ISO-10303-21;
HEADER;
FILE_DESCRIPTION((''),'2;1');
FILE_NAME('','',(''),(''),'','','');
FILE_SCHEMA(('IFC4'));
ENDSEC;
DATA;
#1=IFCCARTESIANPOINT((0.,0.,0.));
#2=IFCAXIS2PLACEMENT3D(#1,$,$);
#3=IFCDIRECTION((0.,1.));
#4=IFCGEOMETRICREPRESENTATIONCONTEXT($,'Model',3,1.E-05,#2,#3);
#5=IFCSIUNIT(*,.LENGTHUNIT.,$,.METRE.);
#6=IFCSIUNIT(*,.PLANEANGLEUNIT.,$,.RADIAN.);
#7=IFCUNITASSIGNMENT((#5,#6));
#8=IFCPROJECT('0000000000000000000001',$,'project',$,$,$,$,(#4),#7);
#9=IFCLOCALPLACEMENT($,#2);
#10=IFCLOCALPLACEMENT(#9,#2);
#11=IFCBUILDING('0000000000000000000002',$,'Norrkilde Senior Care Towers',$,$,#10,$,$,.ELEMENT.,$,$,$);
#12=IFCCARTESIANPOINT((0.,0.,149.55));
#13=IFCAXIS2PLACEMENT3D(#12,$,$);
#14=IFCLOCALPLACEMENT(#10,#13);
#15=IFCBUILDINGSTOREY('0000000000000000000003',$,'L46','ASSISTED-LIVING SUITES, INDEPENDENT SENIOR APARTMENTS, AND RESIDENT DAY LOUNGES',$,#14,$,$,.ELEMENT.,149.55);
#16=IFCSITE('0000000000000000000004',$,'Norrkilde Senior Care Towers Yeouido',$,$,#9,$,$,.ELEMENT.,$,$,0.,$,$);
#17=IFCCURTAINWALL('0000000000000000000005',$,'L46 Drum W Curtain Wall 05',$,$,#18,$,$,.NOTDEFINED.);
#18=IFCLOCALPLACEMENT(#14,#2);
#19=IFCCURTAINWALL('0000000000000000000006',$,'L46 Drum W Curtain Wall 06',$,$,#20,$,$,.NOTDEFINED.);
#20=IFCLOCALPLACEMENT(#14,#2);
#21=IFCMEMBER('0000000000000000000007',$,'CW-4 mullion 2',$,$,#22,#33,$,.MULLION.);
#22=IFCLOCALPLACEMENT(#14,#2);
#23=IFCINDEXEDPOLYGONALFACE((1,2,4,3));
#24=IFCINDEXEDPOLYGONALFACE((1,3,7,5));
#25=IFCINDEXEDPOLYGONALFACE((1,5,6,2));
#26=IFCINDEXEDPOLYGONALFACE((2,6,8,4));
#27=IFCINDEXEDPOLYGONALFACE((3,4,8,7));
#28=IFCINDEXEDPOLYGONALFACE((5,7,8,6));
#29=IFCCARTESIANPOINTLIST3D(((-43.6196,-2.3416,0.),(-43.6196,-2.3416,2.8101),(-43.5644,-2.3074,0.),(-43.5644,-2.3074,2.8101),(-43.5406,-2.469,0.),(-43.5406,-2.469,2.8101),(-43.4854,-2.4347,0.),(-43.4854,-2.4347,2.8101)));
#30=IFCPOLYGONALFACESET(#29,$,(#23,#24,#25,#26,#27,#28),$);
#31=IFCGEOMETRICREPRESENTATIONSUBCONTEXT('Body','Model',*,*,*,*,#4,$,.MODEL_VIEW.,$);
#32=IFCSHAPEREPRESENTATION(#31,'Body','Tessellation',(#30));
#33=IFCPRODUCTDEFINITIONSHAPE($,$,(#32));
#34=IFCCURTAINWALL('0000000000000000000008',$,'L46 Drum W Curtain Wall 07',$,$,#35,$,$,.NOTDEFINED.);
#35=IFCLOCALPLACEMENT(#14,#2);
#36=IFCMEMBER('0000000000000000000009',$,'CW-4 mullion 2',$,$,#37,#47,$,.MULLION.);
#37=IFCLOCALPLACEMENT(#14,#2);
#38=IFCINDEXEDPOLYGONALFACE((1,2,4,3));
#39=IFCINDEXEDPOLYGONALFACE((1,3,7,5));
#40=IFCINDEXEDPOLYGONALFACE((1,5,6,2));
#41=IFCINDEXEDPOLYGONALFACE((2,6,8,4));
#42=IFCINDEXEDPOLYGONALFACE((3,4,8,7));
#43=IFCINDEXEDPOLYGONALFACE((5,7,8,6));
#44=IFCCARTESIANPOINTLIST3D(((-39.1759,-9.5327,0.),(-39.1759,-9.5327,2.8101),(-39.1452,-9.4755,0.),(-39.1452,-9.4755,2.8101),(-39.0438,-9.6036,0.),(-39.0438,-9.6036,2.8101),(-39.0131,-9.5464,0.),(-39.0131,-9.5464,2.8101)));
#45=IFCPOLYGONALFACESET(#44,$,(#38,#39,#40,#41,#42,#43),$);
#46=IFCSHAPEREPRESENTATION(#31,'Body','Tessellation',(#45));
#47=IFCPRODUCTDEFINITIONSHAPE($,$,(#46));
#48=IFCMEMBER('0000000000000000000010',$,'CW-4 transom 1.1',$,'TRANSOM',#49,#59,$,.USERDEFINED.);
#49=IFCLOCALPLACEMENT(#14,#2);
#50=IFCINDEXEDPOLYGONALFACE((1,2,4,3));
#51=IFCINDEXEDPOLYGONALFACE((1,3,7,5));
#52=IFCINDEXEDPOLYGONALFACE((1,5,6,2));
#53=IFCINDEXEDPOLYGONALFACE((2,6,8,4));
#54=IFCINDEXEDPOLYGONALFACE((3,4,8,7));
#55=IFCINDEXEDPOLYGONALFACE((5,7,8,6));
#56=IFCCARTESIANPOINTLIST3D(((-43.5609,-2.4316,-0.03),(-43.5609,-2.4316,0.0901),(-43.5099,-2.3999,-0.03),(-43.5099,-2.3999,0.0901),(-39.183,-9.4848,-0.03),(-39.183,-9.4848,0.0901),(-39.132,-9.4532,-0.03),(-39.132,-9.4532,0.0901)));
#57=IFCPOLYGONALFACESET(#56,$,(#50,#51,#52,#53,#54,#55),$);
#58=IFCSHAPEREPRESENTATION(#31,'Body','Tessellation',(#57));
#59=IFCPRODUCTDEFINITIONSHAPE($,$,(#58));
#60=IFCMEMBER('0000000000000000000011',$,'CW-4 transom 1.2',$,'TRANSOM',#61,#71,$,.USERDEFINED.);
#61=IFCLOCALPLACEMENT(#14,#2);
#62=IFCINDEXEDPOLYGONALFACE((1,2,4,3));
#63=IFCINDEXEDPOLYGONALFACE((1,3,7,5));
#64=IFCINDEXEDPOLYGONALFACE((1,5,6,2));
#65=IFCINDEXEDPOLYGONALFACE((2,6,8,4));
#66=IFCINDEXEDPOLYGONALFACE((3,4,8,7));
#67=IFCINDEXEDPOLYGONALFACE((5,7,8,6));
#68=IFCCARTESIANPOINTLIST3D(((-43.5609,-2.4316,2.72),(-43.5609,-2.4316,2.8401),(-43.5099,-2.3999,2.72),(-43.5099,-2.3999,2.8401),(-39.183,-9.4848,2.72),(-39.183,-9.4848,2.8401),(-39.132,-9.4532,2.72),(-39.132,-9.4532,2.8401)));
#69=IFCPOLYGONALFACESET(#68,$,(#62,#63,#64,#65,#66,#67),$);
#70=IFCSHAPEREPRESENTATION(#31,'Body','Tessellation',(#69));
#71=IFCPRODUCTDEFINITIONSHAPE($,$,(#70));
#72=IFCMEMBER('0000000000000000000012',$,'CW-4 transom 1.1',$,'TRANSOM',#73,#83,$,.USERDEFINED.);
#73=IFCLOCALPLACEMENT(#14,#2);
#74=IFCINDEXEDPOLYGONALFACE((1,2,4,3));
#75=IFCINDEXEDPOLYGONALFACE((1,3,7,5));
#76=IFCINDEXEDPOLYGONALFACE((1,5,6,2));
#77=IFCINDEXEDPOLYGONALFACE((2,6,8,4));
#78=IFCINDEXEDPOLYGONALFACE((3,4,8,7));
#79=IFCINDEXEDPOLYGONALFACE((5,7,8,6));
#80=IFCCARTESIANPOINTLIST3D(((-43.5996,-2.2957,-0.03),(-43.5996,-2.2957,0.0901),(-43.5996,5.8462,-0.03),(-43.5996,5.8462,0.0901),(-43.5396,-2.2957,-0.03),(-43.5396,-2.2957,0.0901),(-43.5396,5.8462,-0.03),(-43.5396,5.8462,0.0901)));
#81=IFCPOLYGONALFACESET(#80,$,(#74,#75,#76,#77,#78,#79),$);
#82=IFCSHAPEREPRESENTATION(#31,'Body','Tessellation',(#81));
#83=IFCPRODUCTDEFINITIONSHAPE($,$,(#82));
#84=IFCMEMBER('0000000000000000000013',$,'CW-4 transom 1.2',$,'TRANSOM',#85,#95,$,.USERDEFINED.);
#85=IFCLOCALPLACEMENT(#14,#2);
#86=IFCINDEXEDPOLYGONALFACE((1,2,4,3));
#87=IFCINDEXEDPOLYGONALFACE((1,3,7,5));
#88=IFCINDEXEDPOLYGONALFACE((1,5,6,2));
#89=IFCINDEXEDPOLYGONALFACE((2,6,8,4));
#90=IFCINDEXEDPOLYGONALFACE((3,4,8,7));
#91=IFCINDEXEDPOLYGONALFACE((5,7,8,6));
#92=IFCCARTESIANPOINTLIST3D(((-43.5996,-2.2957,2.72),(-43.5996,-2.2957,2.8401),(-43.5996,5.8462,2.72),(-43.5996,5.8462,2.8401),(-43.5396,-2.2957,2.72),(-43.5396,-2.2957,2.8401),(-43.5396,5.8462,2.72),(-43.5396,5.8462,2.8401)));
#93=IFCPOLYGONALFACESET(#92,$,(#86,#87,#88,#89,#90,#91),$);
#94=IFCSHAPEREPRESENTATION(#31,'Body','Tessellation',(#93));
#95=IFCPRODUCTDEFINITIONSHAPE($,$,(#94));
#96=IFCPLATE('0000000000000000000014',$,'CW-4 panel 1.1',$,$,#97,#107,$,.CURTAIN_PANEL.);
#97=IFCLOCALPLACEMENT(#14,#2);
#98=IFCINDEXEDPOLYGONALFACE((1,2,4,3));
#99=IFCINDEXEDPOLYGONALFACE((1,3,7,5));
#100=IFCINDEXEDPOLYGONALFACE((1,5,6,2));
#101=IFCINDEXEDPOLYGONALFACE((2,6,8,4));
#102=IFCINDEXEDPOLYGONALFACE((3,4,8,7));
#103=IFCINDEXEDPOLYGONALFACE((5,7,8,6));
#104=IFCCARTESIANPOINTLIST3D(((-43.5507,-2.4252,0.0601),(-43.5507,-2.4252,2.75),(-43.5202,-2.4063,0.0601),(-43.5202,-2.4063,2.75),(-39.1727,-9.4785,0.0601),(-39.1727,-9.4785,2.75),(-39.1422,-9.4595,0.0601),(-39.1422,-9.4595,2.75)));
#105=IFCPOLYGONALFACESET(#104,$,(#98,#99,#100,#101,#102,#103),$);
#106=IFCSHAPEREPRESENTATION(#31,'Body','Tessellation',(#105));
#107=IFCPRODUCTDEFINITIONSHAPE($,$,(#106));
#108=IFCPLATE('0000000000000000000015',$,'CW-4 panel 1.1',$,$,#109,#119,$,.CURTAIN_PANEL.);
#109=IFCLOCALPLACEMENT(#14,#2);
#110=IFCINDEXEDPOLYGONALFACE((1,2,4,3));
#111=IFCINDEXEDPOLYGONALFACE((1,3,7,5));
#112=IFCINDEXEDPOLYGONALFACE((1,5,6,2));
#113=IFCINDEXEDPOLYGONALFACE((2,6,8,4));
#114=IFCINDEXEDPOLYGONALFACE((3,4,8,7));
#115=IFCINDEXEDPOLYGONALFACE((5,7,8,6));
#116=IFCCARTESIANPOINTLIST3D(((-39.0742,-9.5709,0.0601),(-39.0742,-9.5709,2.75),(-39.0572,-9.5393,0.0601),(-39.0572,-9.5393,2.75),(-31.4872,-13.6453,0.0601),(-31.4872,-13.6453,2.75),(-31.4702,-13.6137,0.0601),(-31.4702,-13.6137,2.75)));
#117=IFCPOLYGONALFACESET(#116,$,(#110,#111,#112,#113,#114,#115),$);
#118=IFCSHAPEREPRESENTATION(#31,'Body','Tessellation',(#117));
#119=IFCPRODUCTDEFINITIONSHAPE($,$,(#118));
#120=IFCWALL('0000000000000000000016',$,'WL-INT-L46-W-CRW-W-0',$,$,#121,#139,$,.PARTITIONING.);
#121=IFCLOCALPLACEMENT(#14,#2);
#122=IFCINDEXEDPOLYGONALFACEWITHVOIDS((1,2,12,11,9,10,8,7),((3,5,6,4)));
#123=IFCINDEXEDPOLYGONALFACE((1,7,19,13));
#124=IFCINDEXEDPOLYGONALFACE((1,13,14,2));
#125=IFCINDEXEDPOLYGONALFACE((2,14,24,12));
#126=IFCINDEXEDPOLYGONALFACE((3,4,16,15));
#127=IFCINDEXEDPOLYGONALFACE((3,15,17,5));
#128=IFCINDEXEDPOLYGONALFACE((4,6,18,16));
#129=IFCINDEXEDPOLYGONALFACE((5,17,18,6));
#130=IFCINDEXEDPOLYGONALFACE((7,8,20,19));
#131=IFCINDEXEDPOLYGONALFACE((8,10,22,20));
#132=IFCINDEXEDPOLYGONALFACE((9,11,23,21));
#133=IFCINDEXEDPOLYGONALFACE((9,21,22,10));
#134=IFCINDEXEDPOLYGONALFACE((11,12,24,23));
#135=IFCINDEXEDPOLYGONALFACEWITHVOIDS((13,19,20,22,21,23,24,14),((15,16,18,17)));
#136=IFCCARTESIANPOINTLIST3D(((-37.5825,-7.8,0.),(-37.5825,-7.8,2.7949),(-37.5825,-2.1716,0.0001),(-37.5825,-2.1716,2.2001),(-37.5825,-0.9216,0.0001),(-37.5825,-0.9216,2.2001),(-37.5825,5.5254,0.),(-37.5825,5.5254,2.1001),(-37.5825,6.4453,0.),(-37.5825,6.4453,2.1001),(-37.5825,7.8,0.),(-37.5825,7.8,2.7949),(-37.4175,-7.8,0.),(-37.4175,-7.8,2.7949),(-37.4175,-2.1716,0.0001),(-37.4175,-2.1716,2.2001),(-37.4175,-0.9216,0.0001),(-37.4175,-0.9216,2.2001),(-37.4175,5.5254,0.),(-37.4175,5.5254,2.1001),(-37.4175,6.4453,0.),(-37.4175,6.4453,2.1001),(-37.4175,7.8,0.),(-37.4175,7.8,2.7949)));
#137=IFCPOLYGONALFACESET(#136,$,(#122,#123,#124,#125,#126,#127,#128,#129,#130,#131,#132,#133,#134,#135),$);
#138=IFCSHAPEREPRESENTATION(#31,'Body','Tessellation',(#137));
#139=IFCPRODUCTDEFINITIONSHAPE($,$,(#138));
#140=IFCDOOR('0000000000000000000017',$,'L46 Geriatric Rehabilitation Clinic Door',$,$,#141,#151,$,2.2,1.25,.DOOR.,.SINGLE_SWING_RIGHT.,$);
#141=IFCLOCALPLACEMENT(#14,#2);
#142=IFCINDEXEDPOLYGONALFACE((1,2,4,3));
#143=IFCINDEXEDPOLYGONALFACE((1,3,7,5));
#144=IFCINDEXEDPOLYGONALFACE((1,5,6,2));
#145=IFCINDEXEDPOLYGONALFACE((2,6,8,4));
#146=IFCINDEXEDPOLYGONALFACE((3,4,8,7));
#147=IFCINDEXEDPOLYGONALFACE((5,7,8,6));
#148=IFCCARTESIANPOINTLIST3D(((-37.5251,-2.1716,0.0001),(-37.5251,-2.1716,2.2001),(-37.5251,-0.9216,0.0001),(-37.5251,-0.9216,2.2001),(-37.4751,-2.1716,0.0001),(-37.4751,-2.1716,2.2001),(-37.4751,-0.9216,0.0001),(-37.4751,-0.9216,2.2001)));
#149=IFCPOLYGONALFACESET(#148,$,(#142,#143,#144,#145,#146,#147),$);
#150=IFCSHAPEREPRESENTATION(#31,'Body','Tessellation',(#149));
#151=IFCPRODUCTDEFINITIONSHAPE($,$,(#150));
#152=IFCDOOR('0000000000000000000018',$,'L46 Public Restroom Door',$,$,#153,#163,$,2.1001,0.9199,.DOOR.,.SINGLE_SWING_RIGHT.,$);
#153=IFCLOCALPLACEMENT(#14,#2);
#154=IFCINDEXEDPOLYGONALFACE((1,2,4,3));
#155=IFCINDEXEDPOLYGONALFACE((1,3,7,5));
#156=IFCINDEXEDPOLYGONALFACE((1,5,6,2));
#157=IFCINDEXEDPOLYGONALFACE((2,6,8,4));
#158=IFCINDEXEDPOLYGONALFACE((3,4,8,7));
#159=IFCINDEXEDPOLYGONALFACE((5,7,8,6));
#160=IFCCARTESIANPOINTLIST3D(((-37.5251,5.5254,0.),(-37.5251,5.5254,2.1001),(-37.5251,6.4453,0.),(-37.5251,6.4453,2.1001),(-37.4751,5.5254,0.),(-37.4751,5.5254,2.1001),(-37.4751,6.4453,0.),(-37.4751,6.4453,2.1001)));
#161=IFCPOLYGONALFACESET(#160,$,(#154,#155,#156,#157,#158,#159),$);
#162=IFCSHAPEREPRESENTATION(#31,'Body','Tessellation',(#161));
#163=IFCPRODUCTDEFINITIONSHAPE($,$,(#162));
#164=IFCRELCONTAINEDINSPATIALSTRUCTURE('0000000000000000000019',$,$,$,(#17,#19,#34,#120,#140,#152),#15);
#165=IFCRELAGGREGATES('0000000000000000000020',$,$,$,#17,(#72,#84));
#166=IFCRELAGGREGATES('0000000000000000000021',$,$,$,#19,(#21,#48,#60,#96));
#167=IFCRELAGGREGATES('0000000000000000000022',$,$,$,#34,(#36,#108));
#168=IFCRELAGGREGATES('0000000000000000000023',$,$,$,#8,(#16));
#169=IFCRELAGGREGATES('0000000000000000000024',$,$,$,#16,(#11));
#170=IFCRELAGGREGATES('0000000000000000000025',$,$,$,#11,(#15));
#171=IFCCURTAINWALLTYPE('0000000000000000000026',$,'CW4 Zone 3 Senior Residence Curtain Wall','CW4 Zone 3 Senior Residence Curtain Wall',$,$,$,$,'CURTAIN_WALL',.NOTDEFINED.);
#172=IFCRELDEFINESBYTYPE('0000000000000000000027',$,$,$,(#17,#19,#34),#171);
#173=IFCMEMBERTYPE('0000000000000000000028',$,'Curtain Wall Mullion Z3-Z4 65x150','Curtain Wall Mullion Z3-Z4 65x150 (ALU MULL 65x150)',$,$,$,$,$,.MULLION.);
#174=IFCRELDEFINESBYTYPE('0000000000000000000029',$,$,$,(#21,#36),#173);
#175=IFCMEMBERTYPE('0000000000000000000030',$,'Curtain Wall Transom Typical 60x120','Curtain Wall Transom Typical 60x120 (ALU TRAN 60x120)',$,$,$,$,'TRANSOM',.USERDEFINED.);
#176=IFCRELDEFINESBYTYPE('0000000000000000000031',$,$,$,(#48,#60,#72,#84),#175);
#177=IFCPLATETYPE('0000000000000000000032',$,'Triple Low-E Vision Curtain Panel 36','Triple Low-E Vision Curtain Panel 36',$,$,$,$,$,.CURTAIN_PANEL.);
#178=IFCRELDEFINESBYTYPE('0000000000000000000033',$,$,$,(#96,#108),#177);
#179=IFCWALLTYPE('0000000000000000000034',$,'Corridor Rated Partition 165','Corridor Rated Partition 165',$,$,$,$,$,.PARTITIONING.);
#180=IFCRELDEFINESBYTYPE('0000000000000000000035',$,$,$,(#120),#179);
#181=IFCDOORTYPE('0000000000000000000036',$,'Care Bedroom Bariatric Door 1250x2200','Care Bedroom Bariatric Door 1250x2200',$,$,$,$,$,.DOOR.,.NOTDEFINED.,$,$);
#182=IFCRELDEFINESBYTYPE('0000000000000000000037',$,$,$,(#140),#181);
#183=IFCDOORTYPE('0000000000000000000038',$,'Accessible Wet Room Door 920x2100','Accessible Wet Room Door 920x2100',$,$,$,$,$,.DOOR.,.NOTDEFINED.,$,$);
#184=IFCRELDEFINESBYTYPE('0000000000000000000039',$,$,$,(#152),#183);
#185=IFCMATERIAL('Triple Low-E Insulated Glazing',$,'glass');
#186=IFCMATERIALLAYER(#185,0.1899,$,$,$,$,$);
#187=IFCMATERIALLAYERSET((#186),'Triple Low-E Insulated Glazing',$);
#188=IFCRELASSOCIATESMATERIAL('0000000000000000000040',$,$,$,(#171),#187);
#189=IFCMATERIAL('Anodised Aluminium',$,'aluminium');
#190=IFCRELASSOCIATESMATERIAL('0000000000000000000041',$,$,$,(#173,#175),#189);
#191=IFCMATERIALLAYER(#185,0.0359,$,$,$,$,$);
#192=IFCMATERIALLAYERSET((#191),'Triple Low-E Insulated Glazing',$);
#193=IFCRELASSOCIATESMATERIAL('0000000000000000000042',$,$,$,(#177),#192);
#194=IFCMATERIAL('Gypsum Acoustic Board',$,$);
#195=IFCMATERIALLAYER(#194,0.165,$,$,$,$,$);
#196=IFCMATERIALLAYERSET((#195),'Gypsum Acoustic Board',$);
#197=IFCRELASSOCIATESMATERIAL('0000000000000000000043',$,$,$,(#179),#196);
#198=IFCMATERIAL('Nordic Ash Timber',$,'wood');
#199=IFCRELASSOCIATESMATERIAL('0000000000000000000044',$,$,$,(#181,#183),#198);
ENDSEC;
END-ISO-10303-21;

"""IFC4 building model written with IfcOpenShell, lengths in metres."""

from ifc_helpers import new_model, si_unit, direction, frame, frame_2d, origin, origin_2d, place, context, subcontext, project, spatial, rectangle, extrude, source, transform, mapped, material, layer, layer_set, material_profile, profile_set, type_object, type_shapes, element, fill, aggregate, save


model = new_model("IFC4")

# Units and contexts
model_context = context("Model", 3, precision=1e-05, world=origin(), true_north=direction((0.0, 1.0)))
body_context = subcontext(model_context, "Body", "Model", "MODEL_VIEW")
ifc_project = project(units=[si_unit("LENGTHUNIT", "METRE"), si_unit("PLANEANGLEUNIT", "RADIAN")], contexts=[model_context])

# Site, building, storey
site_placement = place(None, origin())
site = spatial("IfcSite", under=ifc_project, at=site_placement, Name="Norrkilde Senior Care Towers Yeouido", CompositionType="ELEMENT", RefElevation=0.0)
building_placement = place(site_placement, origin())
building = spatial("IfcBuilding", under=site, at=building_placement, Name="Norrkilde Senior Care Towers", CompositionType="ELEMENT")
storey_placement = place(building_placement, frame((0.0, 0.0, 149.55)))
storey = spatial("IfcBuildingStorey", under=building, at=storey_placement, Name="L46", Description="ASSISTED-LIVING SUITES, INDEPENDENT SENIOR APARTMENTS, AND RESIDENT DAY LOUNGES", CompositionType="ELEMENT", Elevation=149.55)

# Curtain wall
ifc_material_1 = material(Name="Triple Low-E Insulated Glazing", Category="glass")
ifc_layer_1 = layer(ifc_material_1, 0.1899)
ifc_layer_set_1 = layer_set([ifc_layer_1], Name="Triple Low-E Insulated Glazing")
curtain_wall_type = type_object("IfcCurtainWallType", Name="CW4 Zone 3 Senior Residence Curtain Wall", Description="CW4 Zone 3 Senior Residence Curtain Wall", ElementType="CURTAIN_WALL", PredefinedType="NOTDEFINED", material=ifc_layer_set_1)
curtain_wall_1_placement = place(storey_placement, origin())
curtain_wall_1 = element("IfcCurtainWall", 1, at=curtain_wall_1_placement, inside=storey, type_object=curtain_wall_type, Name="L46 Drum W Curtain Wall 05", PredefinedType="NOTDEFINED")
ifc_material_2 = material(Name="Anodised Aluminium", Category="aluminium")
ifc_material_profile_1 = material_profile(ifc_material_2, rectangle(XDim=0.0649, YDim=0.1499, at=origin_2d()), Name="ALU MULL 65x150")
ifc_profile_set_1 = profile_set([ifc_material_profile_1], Name="Anodised Aluminium")
member_type_1 = type_object("IfcMemberType", Name="Curtain Wall Mullion Z3-Z4 65x150", Description="Curtain Wall Mullion Z3-Z4 65x150 (ALU MULL 65x150)", PredefinedType="MULLION", material=ifc_profile_set_1)
shared_shape_1 = source(origin(), body_context, "Body", "SweptSolid", [
    extrude(rectangle(XDim=0.0649, YDim=0.1499, at=origin_2d()), origin(), (0.0, 0.0, 1.0), 2.8101),
])
type_shapes(member_type_1, [shared_shape_1])

# Curtain wall, member
curtain_wall_2_placement = place(storey_placement, origin())
curtain_wall_2 = element("IfcCurtainWall", 2, at=curtain_wall_2_placement, inside=storey, type_object=curtain_wall_type, Name="L46 Drum W Curtain Wall 06", PredefinedType="NOTDEFINED")
member_1_placement = place(storey_placement, frame((-43.5525, -2.3882, 0.0), z_axis=(0.0, 0.0, 1.0), x_axis=(-0.849634, -0.527373, 0.0)))
member_1 = element("IfcMember", 3, at=member_1_placement, type_object=member_type_1, Name="CW-4 mullion 2", PredefinedType="MULLION", context=body_context, shape_type="MappedRepresentation", body=[
    mapped(shared_shape_1, transform((0.0, 0.0, 0.0), x_axis=(1.0, 0.0, 0.0), y_axis=(0.0, 1.0, 0.0), z_axis=(0.0, 0.0, 1.0), scale=1.0)),
])

# Curtain wall, member
curtain_wall_3_placement = place(storey_placement, origin())
curtain_wall_3 = element("IfcCurtainWall", 4, at=curtain_wall_3_placement, inside=storey, type_object=curtain_wall_type, Name="L46 Drum W Curtain Wall 07", PredefinedType="NOTDEFINED")
member_2_placement = place(storey_placement, frame((-39.0945, -9.5396, 0.0), z_axis=(0.0, 0.0, 1.0), x_axis=(-0.473117, -0.881, 0.0)))
member_2 = element("IfcMember", 5, at=member_2_placement, type_object=member_type_1, Name="CW-4 mullion 2", PredefinedType="MULLION", context=body_context, shape_type="MappedRepresentation", body=[
    mapped(shared_shape_1, transform((0.0, 0.0, 0.0), x_axis=(1.0, 0.0, 0.0), y_axis=(0.0, 1.0, 0.0), z_axis=(0.0, 0.0, 1.0), scale=1.0)),
])

# Members
ifc_material_profile_2 = material_profile(ifc_material_2, rectangle(XDim=0.0601, YDim=0.1201, at=origin_2d()), Name="ALU TRAN 60x120")
ifc_profile_set_2 = profile_set([ifc_material_profile_2], Name="Anodised Aluminium")
member_type_2 = type_object("IfcMemberType", Name="Curtain Wall Transom Typical 60x120", Description="Curtain Wall Transom Typical 60x120 (ALU TRAN 60x120)", ElementType="TRANSOM", PredefinedType="USERDEFINED", material=ifc_profile_set_2)
shared_shape_2 = source(origin(), body_context, "Body", "SweptSolid", [
    extrude(rectangle(XDim=0.0601, YDim=0.1201, at=origin_2d()), origin(), (0.0, 0.0, 1.0), 8.3015),
])
member_3_placement = place(storey_placement, frame((-39.1575, -9.469, 0.03), z_axis=(-0.527369, 0.849637, 0.0), x_axis=(-0.849637, -0.527369, 0.0)))
member_3 = element("IfcMember", 6, at=member_3_placement, type_object=member_type_2, Name="CW-4 transom 1.1", ObjectType="TRANSOM", PredefinedType="USERDEFINED", context=body_context, shape_type="MappedRepresentation", body=[
    mapped(shared_shape_2, transform((0.0, 0.0, 0.0), x_axis=(1.0, 0.0, 0.0), y_axis=(0.0, 1.0, 0.0), z_axis=(0.0, 0.0, 1.0), scale=1.0)),
])
member_4_placement = place(storey_placement, frame((-39.1575, -9.469, 2.78), z_axis=(-0.527369, 0.849637, 0.0), x_axis=(-0.849637, -0.527369, 0.0)))
member_4 = element("IfcMember", 7, at=member_4_placement, type_object=member_type_2, Name="CW-4 transom 1.2", ObjectType="TRANSOM", PredefinedType="USERDEFINED", context=body_context, shape_type="MappedRepresentation", body=[
    mapped(shared_shape_2, transform((0.0, 0.0, 0.0), x_axis=(1.0, 0.0, 0.0), y_axis=(0.0, 1.0, 0.0), z_axis=(0.0, 0.0, 1.0), scale=1.0)),
])
shared_shape_3 = source(origin(), body_context, "Body", "SweptSolid", [
    extrude(rectangle(XDim=0.0601, YDim=0.1201, at=origin_2d()), origin(), (0.0, 0.0, 1.0), 8.1418),
])
type_shapes(member_type_2, [shared_shape_2, shared_shape_3])
member_5_placement = place(storey_placement, frame((-43.5696, -2.2957, 0.03), z_axis=(0.0, 1.0, 0.0), x_axis=(-1.0, 0.0, 0.0)))
member_5 = element("IfcMember", 8, at=member_5_placement, type_object=member_type_2, Name="CW-4 transom 1.1", ObjectType="TRANSOM", PredefinedType="USERDEFINED", context=body_context, shape_type="MappedRepresentation", body=[
    mapped(shared_shape_3, transform((0.0, 0.0, 0.0), x_axis=(1.0, 0.0, 0.0), y_axis=(0.0, 1.0, 0.0), z_axis=(0.0, 0.0, 1.0), scale=1.0)),
])
member_6_placement = place(storey_placement, frame((-43.5696, -2.2957, 2.78), z_axis=(0.0, 1.0, 0.0), x_axis=(-1.0, 0.0, 0.0)))
member_6 = element("IfcMember", 9, at=member_6_placement, type_object=member_type_2, Name="CW-4 transom 1.2", ObjectType="TRANSOM", PredefinedType="USERDEFINED", context=body_context, shape_type="MappedRepresentation", body=[
    mapped(shared_shape_3, transform((0.0, 0.0, 0.0), x_axis=(1.0, 0.0, 0.0), y_axis=(0.0, 1.0, 0.0), z_axis=(0.0, 0.0, 1.0), scale=1.0)),
])
aggregate(curtain_wall_1, [member_5, member_6])

# Plates
ifc_layer_2 = layer(ifc_material_1, 0.0359)
ifc_layer_set_2 = layer_set([ifc_layer_2], Name="Triple Low-E Insulated Glazing")
plate_type = type_object("IfcPlateType", Name="Triple Low-E Vision Curtain Panel 36", Description="Triple Low-E Vision Curtain Panel 36", PredefinedType="CURTAIN_PANEL", material=ifc_layer_set_2)
shared_shape_4 = source(origin(), body_context, "Body", "SweptSolid", [
    extrude(rectangle(XDim=8.3015, YDim=0.0359, at=origin_2d()), origin(), (0.0, 0.0, 1.0), 2.6899),
])
plate_1_placement = place(storey_placement, frame((-41.3464, -5.9424, 0.0601), z_axis=(0.0, 0.0, 1.0), x_axis=(-0.527373, 0.849634, 0.0)))
plate_1 = element("IfcPlate", 10, at=plate_1_placement, type_object=plate_type, Name="CW-4 panel 1.1", PredefinedType="CURTAIN_PANEL", context=body_context, shape_type="MappedRepresentation", body=[
    mapped(shared_shape_4, transform((0.0, 0.0, 0.0), x_axis=(1.0, 0.0, 0.0), y_axis=(0.0, 1.0, 0.0), z_axis=(0.0, 0.0, 1.0), scale=1.0)),
])
aggregate(curtain_wall_2, [member_1, member_3, member_4, plate_1])
shared_shape_5 = source(origin(), body_context, "Body", "SweptSolid", [
    extrude(rectangle(XDim=8.6118, YDim=0.0359, at=origin_2d()), origin(), (0.0, 0.0, 1.0), 2.6899),
])
type_shapes(plate_type, [shared_shape_4, shared_shape_5])
plate_2_placement = place(storey_placement, frame((-35.2722, -11.5923, 0.0601), z_axis=(0.0, 0.0, 1.0), x_axis=(-0.881, 0.473117, 0.0)))
plate_2 = element("IfcPlate", 11, at=plate_2_placement, type_object=plate_type, Name="CW-4 panel 1.1", PredefinedType="CURTAIN_PANEL", context=body_context, shape_type="MappedRepresentation", body=[
    mapped(shared_shape_5, transform((0.0, 0.0, 0.0), x_axis=(1.0, 0.0, 0.0), y_axis=(0.0, 1.0, 0.0), z_axis=(0.0, 0.0, 1.0), scale=1.0)),
])
aggregate(curtain_wall_3, [member_2, plate_2])

# Wall, openings, doors
ifc_material_3 = material(Name="Gypsum Acoustic Board")
ifc_layer_3 = layer(ifc_material_3, 0.165)
ifc_layer_set_3 = layer_set([ifc_layer_3], Name="Gypsum Acoustic Board")
wall_type_1 = type_object("IfcWallType", Name="Corridor Rated Partition 165", Description="Corridor Rated Partition 165", PredefinedType="PARTITIONING", material=ifc_layer_set_3)
shared_shape_6 = source(origin(), body_context, "Body", "SweptSolid", [
    extrude(rectangle(XDim=15.6001, YDim=0.165, at=frame_2d((7.8, 0.0))), origin(), (0.0, 0.0, 1.0), 2.7949),
])
type_shapes(wall_type_1, [shared_shape_6])
wall_1_placement = place(storey_placement, frame((-37.5, -7.8, 0.0), z_axis=(0.0, 0.0, 1.0), x_axis=(0.0, 1.0, 0.0)))
wall_1 = element("IfcWall", 12, at=wall_1_placement, inside=storey, type_object=wall_type_1, Name="WL-INT-L46-W-CRW-W-0", PredefinedType="PARTITIONING", context=body_context, shape_type="MappedRepresentation", body=[
    mapped(shared_shape_6, transform((0.0, 0.0, 0.0), x_axis=(1.0, 0.0, 0.0), y_axis=(0.0, 1.0, 0.0), z_axis=(0.0, 0.0, 1.0), scale=1.0)),
])
opening_1_placement = place(wall_1_placement, frame((13.3254, 0.0, 0.0)))
opening_1 = element("IfcOpeningElement", 13, at=opening_1_placement, cuts=wall_1, PredefinedType="OPENING", context=body_context, shape_type="SweptSolid", body=[
    extrude(rectangle(XDim=0.9199, YDim=2.1001, at=frame_2d((0.46, 1.05))), frame((0.0, 0.0925, 0.0), z_axis=(0.0, -1.0, 0.0), x_axis=(1.0, 0.0, 0.0)), (0.0, 0.0, 1.0), 0.1851),
])
opening_2_placement = place(wall_1_placement, frame((5.6284, 0.0, 0.0)))
opening_2 = element("IfcOpeningElement", 14, at=opening_2_placement, cuts=wall_1, PredefinedType="OPENING", context=body_context, shape_type="SweptSolid", body=[
    extrude(rectangle(XDim=1.25, YDim=2.2, at=frame_2d((0.625, 1.1001))), frame((0.0, 0.0925, 0.0), z_axis=(0.0, -1.0, 0.0), x_axis=(1.0, 0.0, 0.0)), (0.0, 0.0, 1.0), 0.1851),
])
ifc_material_4 = material(Name="Nordic Ash Timber", Category="wood")
door_type_1 = type_object("IfcDoorType", Name="Care Bedroom Bariatric Door 1250x2200", Description="Care Bedroom Bariatric Door 1250x2200", OperationType="NOTDEFINED", PredefinedType="DOOR", material=ifc_material_4)
shared_shape_7 = source(origin(), body_context, "Body", "SweptSolid", [
    extrude(rectangle(XDim=1.25, YDim=2.2, at=frame_2d((0.625, 1.1001))), frame((0.0, 0.0249, 0.0), z_axis=(0.0, -1.0, 0.0), x_axis=(1.0, 0.0, 0.0)), (0.0, 0.0, 1.0), 0.05),
])
type_shapes(door_type_1, [shared_shape_7])
door_1_placement = place(opening_2_placement, frame((1.25, 0.0, 0.0), z_axis=(0.0, 0.0, 1.0), x_axis=(-1.0, 0.0, 0.0)))
door_1 = element("IfcDoor", 15, at=door_1_placement, inside=storey, type_object=door_type_1, Name="L46 Geriatric Rehabilitation Clinic Door", OperationType="SINGLE_SWING_RIGHT", OverallHeight=2.2, OverallWidth=1.25, PredefinedType="DOOR", context=body_context, shape_type="MappedRepresentation", body=[
    mapped(shared_shape_7, transform((0.0, 0.0, 0.0), x_axis=(1.0, 0.0, 0.0), y_axis=(0.0, 1.0, 0.0), z_axis=(0.0, 0.0, 1.0), scale=1.0)),
])
fill(opening_2, door_1)
door_type_2 = type_object("IfcDoorType", Name="Accessible Wet Room Door 920x2100", Description="Accessible Wet Room Door 920x2100", OperationType="NOTDEFINED", PredefinedType="DOOR", material=ifc_material_4)
shared_shape_8 = source(origin(), body_context, "Body", "SweptSolid", [
    extrude(rectangle(XDim=0.9199, YDim=2.1001, at=frame_2d((0.46, 1.05))), frame((0.0, 0.0249, 0.0), z_axis=(0.0, -1.0, 0.0), x_axis=(1.0, 0.0, 0.0)), (0.0, 0.0, 1.0), 0.05),
])
type_shapes(door_type_2, [shared_shape_8])
door_2_placement = place(opening_1_placement, frame((0.9199, 0.0, 0.0), z_axis=(0.0, 0.0, 1.0), x_axis=(-1.0, 0.0, 0.0)))
door_2 = element("IfcDoor", 16, at=door_2_placement, inside=storey, type_object=door_type_2, Name="L46 Public Restroom Door", OperationType="SINGLE_SWING_RIGHT", OverallHeight=2.1001, OverallWidth=0.9199, PredefinedType="DOOR", context=body_context, shape_type="MappedRepresentation", body=[
    mapped(shared_shape_8, transform((0.0, 0.0, 0.0), x_axis=(1.0, 0.0, 0.0), y_axis=(0.0, 1.0, 0.0), z_axis=(0.0, 0.0, 1.0), scale=1.0)),
])
fill(opening_1, door_2)

save(model, "model.ifc")
